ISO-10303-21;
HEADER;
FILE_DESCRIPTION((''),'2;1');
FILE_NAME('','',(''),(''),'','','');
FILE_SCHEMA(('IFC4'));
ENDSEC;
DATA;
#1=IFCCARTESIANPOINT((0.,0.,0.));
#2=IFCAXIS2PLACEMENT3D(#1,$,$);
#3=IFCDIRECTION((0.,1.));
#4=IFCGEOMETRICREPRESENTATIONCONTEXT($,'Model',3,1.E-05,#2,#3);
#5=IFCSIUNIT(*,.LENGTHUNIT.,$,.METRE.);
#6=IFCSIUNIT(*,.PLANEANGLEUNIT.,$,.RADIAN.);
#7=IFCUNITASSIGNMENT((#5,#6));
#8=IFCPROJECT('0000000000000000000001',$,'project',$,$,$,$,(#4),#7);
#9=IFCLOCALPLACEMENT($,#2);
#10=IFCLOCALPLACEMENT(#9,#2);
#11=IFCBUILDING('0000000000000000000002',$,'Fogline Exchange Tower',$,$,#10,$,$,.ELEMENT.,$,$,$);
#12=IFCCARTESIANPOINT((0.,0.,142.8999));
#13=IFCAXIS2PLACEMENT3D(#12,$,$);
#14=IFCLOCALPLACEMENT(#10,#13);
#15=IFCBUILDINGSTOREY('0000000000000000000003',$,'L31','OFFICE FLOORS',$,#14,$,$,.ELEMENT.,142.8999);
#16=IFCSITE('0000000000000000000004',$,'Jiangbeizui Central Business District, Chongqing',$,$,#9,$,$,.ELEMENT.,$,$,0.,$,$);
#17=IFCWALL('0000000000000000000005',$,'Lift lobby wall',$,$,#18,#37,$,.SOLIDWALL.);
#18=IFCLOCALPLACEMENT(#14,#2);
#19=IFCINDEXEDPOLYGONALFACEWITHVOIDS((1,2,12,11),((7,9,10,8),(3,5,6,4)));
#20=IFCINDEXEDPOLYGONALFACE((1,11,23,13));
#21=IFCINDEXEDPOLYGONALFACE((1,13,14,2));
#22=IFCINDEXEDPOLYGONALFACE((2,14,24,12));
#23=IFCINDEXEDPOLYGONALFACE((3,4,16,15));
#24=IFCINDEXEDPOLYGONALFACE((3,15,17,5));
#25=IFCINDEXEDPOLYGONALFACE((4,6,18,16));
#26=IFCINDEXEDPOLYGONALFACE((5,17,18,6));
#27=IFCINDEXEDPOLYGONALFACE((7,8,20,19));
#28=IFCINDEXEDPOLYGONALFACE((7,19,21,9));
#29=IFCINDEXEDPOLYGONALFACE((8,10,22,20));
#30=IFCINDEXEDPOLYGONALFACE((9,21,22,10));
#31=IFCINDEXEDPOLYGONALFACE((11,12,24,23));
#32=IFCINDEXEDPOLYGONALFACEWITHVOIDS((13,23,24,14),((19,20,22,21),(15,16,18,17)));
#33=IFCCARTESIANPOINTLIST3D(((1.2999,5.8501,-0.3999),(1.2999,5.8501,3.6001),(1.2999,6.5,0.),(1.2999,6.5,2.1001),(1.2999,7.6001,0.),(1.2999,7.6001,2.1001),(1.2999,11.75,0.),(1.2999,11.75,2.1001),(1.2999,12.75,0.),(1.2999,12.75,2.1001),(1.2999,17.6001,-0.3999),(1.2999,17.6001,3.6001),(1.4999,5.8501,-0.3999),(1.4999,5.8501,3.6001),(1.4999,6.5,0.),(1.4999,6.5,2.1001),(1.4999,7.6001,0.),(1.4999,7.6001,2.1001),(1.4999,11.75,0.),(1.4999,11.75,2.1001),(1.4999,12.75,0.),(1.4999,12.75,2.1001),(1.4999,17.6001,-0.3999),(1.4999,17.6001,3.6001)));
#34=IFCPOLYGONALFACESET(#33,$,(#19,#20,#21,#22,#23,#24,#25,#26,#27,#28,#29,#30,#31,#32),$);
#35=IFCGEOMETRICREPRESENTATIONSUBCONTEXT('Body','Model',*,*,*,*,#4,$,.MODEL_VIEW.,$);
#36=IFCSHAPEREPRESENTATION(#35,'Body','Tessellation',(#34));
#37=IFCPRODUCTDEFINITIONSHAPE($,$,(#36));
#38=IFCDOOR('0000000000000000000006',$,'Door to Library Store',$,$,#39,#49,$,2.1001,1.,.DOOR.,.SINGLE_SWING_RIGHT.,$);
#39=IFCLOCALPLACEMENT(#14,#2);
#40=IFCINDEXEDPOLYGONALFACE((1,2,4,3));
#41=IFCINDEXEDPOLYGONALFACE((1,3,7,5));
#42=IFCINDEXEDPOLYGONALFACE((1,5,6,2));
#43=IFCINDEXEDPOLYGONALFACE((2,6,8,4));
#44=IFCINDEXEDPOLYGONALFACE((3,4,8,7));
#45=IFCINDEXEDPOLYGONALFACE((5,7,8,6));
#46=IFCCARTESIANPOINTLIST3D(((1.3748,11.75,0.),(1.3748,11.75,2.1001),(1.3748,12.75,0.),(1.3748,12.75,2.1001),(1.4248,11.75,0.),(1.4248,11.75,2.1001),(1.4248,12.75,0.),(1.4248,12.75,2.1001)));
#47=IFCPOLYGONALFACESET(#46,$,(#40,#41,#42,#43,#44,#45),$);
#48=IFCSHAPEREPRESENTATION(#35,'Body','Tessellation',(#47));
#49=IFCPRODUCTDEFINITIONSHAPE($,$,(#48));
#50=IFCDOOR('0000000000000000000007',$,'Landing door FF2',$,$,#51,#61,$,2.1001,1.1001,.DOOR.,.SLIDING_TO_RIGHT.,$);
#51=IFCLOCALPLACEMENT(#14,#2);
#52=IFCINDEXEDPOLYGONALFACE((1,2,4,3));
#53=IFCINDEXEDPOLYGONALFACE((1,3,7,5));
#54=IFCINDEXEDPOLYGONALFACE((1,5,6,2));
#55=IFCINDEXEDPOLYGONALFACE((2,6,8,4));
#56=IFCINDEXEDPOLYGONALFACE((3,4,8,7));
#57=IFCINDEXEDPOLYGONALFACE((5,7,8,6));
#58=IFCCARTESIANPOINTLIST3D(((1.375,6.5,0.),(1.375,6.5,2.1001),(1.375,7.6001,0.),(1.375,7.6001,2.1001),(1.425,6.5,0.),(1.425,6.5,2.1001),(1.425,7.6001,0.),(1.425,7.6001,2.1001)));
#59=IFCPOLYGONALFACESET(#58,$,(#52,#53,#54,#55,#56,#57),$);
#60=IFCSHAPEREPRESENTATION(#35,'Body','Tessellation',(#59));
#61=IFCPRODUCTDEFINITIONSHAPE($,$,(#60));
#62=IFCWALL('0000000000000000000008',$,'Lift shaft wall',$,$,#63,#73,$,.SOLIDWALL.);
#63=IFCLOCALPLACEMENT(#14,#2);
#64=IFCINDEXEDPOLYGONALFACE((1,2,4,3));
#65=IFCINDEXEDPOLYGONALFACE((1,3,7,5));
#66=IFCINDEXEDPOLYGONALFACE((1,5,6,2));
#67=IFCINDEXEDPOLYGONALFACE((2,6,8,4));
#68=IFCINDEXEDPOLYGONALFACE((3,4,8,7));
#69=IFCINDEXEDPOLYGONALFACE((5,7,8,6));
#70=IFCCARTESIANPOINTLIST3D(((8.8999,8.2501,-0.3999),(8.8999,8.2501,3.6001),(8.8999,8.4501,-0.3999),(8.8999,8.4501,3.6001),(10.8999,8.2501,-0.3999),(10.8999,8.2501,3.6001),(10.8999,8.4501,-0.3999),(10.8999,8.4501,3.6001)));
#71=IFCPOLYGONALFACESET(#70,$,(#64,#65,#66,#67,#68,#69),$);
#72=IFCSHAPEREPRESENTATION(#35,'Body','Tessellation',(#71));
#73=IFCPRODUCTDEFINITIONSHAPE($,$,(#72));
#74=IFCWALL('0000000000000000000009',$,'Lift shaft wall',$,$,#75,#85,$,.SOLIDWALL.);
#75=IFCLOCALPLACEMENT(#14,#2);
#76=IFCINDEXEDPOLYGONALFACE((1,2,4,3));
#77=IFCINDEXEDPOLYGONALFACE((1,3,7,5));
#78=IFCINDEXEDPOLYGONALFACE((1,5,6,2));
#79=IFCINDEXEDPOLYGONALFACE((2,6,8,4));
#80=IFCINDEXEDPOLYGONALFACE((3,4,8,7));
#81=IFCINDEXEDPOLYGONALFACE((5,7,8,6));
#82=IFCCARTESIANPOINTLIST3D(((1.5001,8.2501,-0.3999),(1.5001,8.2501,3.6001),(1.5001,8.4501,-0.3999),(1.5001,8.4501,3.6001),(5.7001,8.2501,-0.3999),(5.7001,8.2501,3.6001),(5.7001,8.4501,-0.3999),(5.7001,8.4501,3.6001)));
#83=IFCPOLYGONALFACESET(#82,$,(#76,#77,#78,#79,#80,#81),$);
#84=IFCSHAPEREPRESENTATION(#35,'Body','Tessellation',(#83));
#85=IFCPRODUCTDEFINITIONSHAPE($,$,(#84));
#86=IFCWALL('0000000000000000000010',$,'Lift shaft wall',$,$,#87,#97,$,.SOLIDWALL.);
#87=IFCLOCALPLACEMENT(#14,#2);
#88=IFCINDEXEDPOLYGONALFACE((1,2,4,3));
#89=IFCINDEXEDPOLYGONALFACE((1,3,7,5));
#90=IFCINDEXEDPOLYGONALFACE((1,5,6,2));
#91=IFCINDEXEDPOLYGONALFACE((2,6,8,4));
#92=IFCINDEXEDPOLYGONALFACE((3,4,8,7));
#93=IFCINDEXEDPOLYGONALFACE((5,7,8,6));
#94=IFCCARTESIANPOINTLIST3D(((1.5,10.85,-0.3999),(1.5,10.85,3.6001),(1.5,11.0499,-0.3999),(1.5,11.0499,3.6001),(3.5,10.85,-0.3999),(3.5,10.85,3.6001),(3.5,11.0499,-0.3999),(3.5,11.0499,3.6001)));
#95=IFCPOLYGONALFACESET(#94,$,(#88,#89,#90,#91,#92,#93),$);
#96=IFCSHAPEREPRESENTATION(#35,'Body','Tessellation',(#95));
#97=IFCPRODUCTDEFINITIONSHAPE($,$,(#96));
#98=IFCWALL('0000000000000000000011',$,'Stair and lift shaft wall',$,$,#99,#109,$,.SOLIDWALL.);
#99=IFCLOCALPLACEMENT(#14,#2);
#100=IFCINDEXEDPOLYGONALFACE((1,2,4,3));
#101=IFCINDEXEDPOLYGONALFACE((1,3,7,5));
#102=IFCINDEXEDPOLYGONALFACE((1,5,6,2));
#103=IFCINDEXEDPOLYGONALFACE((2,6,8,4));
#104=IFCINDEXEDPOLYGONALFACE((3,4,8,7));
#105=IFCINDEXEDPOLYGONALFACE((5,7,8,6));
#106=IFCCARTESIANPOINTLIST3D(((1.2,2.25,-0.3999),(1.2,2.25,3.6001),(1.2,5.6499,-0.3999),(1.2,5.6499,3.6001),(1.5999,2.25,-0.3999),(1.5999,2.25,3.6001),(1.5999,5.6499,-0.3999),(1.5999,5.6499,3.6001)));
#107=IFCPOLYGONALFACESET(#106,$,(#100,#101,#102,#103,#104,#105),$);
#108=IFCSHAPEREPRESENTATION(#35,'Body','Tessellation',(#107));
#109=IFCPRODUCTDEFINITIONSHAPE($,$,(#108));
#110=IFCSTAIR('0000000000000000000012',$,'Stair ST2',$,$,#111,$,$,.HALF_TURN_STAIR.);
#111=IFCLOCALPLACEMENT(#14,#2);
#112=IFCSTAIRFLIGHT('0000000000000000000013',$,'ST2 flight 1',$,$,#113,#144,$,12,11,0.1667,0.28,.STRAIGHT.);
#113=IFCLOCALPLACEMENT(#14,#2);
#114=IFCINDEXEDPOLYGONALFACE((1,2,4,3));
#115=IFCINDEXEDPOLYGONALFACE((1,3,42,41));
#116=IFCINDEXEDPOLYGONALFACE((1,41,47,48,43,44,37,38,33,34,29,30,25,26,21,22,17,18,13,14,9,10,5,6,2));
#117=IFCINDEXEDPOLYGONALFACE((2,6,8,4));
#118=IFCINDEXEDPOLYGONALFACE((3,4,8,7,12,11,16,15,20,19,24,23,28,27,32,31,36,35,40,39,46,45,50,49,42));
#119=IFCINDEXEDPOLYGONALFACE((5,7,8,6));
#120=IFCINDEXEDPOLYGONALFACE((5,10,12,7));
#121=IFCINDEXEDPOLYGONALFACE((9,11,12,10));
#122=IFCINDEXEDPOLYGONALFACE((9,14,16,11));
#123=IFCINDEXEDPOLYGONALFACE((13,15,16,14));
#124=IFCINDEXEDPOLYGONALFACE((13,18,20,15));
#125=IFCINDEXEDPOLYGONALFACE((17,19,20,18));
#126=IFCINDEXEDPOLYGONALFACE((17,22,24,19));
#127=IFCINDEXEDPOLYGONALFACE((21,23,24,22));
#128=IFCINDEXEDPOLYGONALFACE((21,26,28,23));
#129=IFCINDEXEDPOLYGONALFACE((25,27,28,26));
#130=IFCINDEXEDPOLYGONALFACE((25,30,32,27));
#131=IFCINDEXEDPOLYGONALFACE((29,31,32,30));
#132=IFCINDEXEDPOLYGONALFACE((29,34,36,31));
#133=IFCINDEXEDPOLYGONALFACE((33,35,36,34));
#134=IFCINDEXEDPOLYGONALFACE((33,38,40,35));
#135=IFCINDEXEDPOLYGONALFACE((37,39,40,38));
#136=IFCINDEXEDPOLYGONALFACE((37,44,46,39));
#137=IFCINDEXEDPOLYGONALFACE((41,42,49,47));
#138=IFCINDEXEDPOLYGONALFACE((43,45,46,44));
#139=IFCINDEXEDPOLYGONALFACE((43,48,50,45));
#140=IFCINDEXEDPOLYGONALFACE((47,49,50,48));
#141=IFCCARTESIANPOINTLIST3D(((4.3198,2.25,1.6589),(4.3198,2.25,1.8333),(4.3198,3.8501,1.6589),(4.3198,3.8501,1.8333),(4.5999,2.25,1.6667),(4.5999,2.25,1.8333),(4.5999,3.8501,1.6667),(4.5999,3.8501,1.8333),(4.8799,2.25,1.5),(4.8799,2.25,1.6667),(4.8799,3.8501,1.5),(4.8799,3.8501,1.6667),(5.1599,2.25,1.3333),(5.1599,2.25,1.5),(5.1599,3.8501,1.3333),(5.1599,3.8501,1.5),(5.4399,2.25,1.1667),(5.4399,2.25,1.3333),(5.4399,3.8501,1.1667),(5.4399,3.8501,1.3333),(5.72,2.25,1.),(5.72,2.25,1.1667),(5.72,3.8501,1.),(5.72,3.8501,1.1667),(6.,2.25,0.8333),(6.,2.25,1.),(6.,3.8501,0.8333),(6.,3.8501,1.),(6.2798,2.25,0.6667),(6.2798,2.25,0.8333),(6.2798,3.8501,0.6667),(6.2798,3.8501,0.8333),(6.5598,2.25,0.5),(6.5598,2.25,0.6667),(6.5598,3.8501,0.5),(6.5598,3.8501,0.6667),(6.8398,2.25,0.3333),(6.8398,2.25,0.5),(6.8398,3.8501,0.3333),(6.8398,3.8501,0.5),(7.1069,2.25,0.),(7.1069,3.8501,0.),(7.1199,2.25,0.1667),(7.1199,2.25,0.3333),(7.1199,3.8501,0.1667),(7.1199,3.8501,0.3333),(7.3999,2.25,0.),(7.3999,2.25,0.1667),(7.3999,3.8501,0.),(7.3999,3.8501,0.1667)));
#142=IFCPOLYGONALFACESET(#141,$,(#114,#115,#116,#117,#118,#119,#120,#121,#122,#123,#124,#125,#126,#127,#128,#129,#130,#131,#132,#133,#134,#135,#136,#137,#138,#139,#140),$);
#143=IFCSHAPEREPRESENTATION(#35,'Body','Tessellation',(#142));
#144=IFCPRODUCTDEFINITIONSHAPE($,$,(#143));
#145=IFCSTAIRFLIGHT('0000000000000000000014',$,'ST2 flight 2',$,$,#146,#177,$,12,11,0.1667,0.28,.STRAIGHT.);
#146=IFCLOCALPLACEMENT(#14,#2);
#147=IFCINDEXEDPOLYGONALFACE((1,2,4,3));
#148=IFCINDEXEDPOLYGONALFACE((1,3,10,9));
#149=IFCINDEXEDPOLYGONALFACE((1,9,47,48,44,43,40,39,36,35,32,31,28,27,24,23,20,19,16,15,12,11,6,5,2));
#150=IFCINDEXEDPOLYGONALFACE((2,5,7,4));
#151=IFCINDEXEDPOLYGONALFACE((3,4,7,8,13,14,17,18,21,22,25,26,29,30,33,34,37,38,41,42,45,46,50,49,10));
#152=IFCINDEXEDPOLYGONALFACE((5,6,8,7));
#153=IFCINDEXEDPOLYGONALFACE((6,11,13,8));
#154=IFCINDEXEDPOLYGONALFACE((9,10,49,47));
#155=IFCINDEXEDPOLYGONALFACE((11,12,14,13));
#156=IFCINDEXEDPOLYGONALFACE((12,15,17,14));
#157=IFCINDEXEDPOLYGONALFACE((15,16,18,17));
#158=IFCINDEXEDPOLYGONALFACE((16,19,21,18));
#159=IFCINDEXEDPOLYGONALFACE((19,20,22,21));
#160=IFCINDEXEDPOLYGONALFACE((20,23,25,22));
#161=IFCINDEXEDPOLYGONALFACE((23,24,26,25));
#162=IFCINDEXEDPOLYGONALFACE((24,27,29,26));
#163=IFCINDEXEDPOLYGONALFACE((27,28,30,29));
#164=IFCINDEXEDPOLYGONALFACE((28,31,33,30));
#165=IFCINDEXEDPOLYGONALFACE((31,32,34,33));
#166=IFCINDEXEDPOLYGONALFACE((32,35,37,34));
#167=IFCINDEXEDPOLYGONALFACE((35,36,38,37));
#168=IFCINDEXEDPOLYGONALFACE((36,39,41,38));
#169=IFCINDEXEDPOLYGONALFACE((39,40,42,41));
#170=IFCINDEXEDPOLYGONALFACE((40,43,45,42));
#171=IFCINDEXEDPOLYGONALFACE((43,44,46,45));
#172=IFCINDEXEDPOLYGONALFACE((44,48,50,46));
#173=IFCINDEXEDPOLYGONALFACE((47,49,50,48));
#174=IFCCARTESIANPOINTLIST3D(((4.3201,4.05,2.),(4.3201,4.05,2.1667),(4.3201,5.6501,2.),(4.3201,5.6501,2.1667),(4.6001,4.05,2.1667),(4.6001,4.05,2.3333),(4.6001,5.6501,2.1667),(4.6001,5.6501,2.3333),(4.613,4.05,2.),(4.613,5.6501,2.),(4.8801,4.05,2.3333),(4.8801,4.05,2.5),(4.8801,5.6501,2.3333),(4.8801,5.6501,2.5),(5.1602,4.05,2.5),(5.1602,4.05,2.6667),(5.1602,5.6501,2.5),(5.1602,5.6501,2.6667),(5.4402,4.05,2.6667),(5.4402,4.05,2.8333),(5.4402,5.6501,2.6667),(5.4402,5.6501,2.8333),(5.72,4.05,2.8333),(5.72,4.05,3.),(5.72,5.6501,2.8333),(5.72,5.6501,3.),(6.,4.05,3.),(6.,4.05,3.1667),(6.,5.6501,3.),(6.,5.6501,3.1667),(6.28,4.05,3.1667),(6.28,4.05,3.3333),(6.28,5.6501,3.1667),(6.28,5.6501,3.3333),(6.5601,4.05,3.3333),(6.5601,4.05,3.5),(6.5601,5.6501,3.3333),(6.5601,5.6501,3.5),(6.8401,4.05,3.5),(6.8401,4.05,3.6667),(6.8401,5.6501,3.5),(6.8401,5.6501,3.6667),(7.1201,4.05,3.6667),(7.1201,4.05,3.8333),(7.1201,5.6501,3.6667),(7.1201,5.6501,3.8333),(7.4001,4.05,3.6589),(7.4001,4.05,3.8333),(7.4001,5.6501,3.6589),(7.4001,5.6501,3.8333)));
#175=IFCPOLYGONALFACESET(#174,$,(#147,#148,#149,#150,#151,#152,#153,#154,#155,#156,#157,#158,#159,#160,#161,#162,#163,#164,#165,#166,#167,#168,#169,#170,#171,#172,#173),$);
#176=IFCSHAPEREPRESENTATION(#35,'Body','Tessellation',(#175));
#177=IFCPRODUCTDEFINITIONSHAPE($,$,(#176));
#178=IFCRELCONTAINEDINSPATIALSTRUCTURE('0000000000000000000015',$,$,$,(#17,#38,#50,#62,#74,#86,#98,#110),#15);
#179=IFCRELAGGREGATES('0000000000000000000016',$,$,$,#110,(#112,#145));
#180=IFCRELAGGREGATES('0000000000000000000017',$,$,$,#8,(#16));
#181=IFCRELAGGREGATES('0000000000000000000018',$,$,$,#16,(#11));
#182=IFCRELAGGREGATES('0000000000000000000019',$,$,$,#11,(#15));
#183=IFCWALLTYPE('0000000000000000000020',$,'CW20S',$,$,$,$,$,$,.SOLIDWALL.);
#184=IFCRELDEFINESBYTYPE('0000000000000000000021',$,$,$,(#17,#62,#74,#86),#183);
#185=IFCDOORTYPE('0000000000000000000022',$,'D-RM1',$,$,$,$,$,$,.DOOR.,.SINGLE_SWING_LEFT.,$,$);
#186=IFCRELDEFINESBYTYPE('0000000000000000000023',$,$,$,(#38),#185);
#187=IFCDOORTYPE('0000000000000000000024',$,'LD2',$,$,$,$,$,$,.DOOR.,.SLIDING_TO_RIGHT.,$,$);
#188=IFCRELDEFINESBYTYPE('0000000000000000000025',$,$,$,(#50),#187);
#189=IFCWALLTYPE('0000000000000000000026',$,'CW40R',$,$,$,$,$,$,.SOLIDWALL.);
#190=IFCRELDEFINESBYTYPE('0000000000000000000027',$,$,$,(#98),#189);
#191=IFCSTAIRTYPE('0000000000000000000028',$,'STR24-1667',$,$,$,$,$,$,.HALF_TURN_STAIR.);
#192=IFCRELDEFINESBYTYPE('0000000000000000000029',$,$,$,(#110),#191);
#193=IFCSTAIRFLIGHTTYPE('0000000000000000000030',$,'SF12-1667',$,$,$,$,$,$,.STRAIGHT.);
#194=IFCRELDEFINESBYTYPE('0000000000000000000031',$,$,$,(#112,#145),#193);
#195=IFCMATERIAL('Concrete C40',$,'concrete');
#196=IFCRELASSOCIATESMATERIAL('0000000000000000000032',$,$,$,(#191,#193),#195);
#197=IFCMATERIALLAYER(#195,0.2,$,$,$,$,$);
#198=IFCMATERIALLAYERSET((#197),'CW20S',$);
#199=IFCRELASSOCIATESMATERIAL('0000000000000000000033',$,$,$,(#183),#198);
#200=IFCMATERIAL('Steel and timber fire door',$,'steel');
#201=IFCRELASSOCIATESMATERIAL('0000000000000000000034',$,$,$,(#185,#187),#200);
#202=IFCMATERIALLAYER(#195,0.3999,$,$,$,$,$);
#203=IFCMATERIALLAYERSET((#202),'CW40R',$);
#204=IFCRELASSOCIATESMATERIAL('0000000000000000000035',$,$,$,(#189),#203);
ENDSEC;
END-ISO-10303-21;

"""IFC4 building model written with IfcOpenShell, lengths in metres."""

from ifc_helpers import new_model, si_unit, direction, frame, frame_2d, origin, place, context, subcontext, project, spatial, polyline, rectangle, outline, extrude, material, layer, layer_set, type_object, element, fill, aggregate, save


model = new_model("IFC4")

# Units and contexts
model_context = context("Model", 3, precision=1e-05, world=origin(), true_north=direction((0.0, 1.0)))
body_context = subcontext(model_context, "Body", "Model", "MODEL_VIEW")
ifc_project = project(units=[si_unit("LENGTHUNIT", "METRE"), si_unit("PLANEANGLEUNIT", "RADIAN")], contexts=[model_context])

# Site, building, storey
site_placement = place(None, origin())
site = spatial("IfcSite", under=ifc_project, at=site_placement, Name="Jiangbeizui Central Business District, Chongqing", CompositionType="ELEMENT", RefElevation=0.0)
building_placement = place(site_placement, origin())
building = spatial("IfcBuilding", under=site, at=building_placement, Name="Fogline Exchange Tower", CompositionType="ELEMENT")
storey_placement = place(building_placement, frame((0.0, 0.0, 142.8999)))
storey = spatial("IfcBuildingStorey", under=building, at=storey_placement, Name="L31", Description="OFFICE FLOORS", CompositionType="ELEMENT", Elevation=142.8999)

# Shared definitions
ifc_material_1 = material(Name="Concrete C40", Category="concrete")
stair_type = type_object("IfcStairType", Name="STR24-1667", PredefinedType="HALF_TURN_STAIR", material=ifc_material_1)

# Shared definitions
ifc_material_2 = material(Name="Steel and timber fire door", Category="steel")

# Shared definitions
ifc_layer_1 = layer(ifc_material_1, 0.2)
ifc_layer_set_1 = layer_set([ifc_layer_1], Name="CW20S")
wall_type_1 = type_object("IfcWallType", Name="CW20S", PredefinedType="SOLIDWALL", material=ifc_layer_set_1)

# Wall, openings, doors
wall_1_placement = place(storey_placement, frame((1.3999, 5.8501, -0.3999), z_axis=(0.0, 0.0, 1.0), x_axis=(0.0, 1.0, 0.0)))
wall_1 = element("IfcWall", 1, at=wall_1_placement, inside=storey, type_object=wall_type_1, Name="Lift lobby wall", PredefinedType="SOLIDWALL", context=body_context, shape_type="SweptSolid", body=[
    extrude(rectangle(XDim=11.75, YDim=0.2, at=frame_2d((5.875, 0.0))), origin(), (0.0, 0.0, 1.0), 4.0),
])
opening_1_placement = place(wall_1_placement, frame((0.6499, 0.0, 0.3999)))
opening_1 = element("IfcOpeningElement", 2, at=opening_1_placement, cuts=wall_1, PredefinedType="OPENING", context=body_context, shape_type="SweptSolid", body=[
    extrude(rectangle(XDim=1.1001, YDim=2.1001, at=frame_2d((0.55, 1.05))), frame((0.0, 0.1099, 0.0), z_axis=(0.0, -1.0, 0.0), x_axis=(1.0, 0.0, 0.0)), (0.0, 0.0, 1.0), 0.22),
])
opening_2_placement = place(wall_1_placement, frame((5.8999, 0.0, 0.3999)))
opening_2 = element("IfcOpeningElement", 3, at=opening_2_placement, cuts=wall_1, PredefinedType="OPENING", context=body_context, shape_type="SweptSolid", body=[
    extrude(rectangle(XDim=1.0, YDim=2.1001, at=frame_2d((0.5, 1.05))), frame((0.0, 0.1099, 0.0), z_axis=(0.0, -1.0, 0.0), x_axis=(1.0, 0.0, 0.0)), (0.0, 0.0, 1.0), 0.22),
])
door_type_1 = type_object("IfcDoorType", Name="D-RM1", OperationType="SINGLE_SWING_LEFT", PredefinedType="DOOR", material=ifc_material_2)
door_1_placement = place(opening_2_placement, frame((1.0, 0.0, 0.0), z_axis=(0.0, 0.0, 1.0), x_axis=(-1.0, 0.0, 0.0)))
door_1 = element("IfcDoor", 4, at=door_1_placement, inside=storey, type_object=door_type_1, Name="Door to Library Store", OperationType="SINGLE_SWING_RIGHT", OverallHeight=2.1001, OverallWidth=1.0, PredefinedType="DOOR", context=body_context, shape_type="SweptSolid", body=[
    extrude(rectangle(XDim=1.0, YDim=2.1001, at=frame_2d((0.5, 1.05))), frame((0.0, 0.0249, 0.0), z_axis=(0.0, -1.0, 0.0), x_axis=(1.0, 0.0, 0.0)), (0.0, 0.0, 1.0), 0.05),
])
fill(opening_2, door_1)
door_type_2 = type_object("IfcDoorType", Name="LD2", OperationType="SLIDING_TO_RIGHT", PredefinedType="DOOR", material=ifc_material_2)
door_2_placement = place(opening_1_placement, origin())
door_2 = element("IfcDoor", 5, at=door_2_placement, inside=storey, type_object=door_type_2, Name="Landing door FF2", OperationType="SLIDING_TO_RIGHT", OverallHeight=2.1001, OverallWidth=1.1001, PredefinedType="DOOR", context=body_context, shape_type="SweptSolid", body=[
    extrude(rectangle(XDim=1.1001, YDim=2.1001, at=frame_2d((0.55, 1.05))), frame((0.0, 0.0249, 0.0), z_axis=(0.0, -1.0, 0.0), x_axis=(1.0, 0.0, 0.0)), (0.0, 0.0, 1.0), 0.05),
])
fill(opening_1, door_2)

# Walls
wall_2_placement = place(storey_placement, frame((8.8999, 8.3501, -0.3999), z_axis=(0.0, 0.0, 1.0), x_axis=(1.0, 0.0, 0.0)))
element("IfcWall", 6, at=wall_2_placement, inside=storey, type_object=wall_type_1, Name="Lift shaft wall", PredefinedType="SOLIDWALL", context=body_context, shape_type="SweptSolid", body=[
    extrude(rectangle(XDim=2.0, YDim=0.2, at=frame_2d((1.0, 0.0))), origin(), (0.0, 0.0, 1.0), 4.0),
])
wall_3_placement = place(storey_placement, frame((1.5, 8.3501, -0.3999), z_axis=(0.0, 0.0, 1.0), x_axis=(1.0, 0.0, 0.0)))
element("IfcWall", 7, at=wall_3_placement, inside=storey, type_object=wall_type_1, Name="Lift shaft wall", PredefinedType="SOLIDWALL", context=body_context, shape_type="SweptSolid", body=[
    extrude(rectangle(XDim=4.2, YDim=0.2, at=frame_2d((2.1001, 0.0))), origin(), (0.0, 0.0, 1.0), 4.0),
])
wall_4_placement = place(storey_placement, frame((1.5, 10.95, -0.3999), z_axis=(0.0, 0.0, 1.0), x_axis=(1.0, 0.0, 0.0)))
element("IfcWall", 8, at=wall_4_placement, inside=storey, type_object=wall_type_1, Name="Lift shaft wall", PredefinedType="SOLIDWALL", context=body_context, shape_type="SweptSolid", body=[
    extrude(rectangle(XDim=2.0, YDim=0.2, at=frame_2d((1.0, 0.0))), origin(), (0.0, 0.0, 1.0), 4.0),
])
ifc_layer_2 = layer(ifc_material_1, 0.3999)
ifc_layer_set_2 = layer_set([ifc_layer_2], Name="CW40R")
wall_type_2 = type_object("IfcWallType", Name="CW40R", PredefinedType="SOLIDWALL", material=ifc_layer_set_2)
wall_5_placement = place(storey_placement, frame((1.3999, 2.25, -0.3999), z_axis=(0.0, 0.0, 1.0), x_axis=(0.0, 1.0, 0.0)))
element("IfcWall", 9, at=wall_5_placement, inside=storey, type_object=wall_type_2, Name="Stair and lift shaft wall", PredefinedType="SOLIDWALL", context=body_context, shape_type="SweptSolid", body=[
    extrude(rectangle(XDim=3.3999, YDim=0.3999, at=frame_2d((1.7, 0.0))), origin(), (0.0, 0.0, 1.0), 4.0),
])

# Stair, stair flights
stair_1_placement = place(storey_placement, origin())
stair_1 = element("IfcStair", 10, at=stair_1_placement, inside=storey, type_object=stair_type, Name="Stair ST2", PredefinedType="HALF_TURN_STAIR")
stair_flight_type = type_object("IfcStairFlightType", Name="SF12-1667", PredefinedType="STRAIGHT", material=ifc_material_1)
stair_flight_1_placement = place(storey_placement, frame((7.3999, 3.05, 0.0), z_axis=(0.0, 0.0, 1.0), x_axis=(-1.0, 0.0, 0.0)))
stair_flight_1 = element("IfcStairFlight", 11, at=stair_flight_1_placement, type_object=stair_flight_type, Name="ST2 flight 1", NumberOfRisers=12, NumberOfTreads=11, PredefinedType="STRAIGHT", RiserHeight=0.1667, TreadLength=0.28, context=body_context, shape_type="SweptSolid", body=[
    extrude(outline(polyline([(0.0, 0.0), (0.0, 0.1667), (0.28, 0.1667), (0.28, 0.3333), (0.5601, 0.3333), (0.5601, 0.5), (0.8401, 0.5), (0.8401, 0.6667), (1.1201, 0.6667), (1.1201, 0.8333), (1.3999, 0.8333), (1.3999, 1.0), (1.6799, 1.0), (1.6799, 1.1667), (1.96, 1.1667), (1.96, 1.3333), (2.24, 1.3333), (2.24, 1.5), (2.52, 1.5), (2.52, 1.6667), (2.8, 1.6667), (2.8, 1.8333), (3.0801, 1.8333), (3.0801, 2.0), (3.0801, 1.6589), (0.293, 0.0), (0.0, 0.0)])), frame((0.0, 0.8, 0.0), z_axis=(0.0, -1.0, 0.0), x_axis=(1.0, 0.0, 0.0)), (0.0, 0.0, 1.0), 1.6001),
])
stair_flight_2_placement = place(storey_placement, frame((4.3201, 4.8501, 2.0), z_axis=(0.0, 0.0, 1.0), x_axis=(1.0, 0.0, 0.0)))
stair_flight_2 = element("IfcStairFlight", 12, at=stair_flight_2_placement, type_object=stair_flight_type, Name="ST2 flight 2", NumberOfRisers=12, NumberOfTreads=11, PredefinedType="STRAIGHT", RiserHeight=0.1667, TreadLength=0.28, context=body_context, shape_type="SweptSolid", body=[
    extrude(outline(polyline([(0.0, 0.0), (0.0, 0.1667), (0.28, 0.1667), (0.28, 0.3333), (0.5601, 0.3333), (0.5601, 0.5), (0.8401, 0.5), (0.8401, 0.6667), (1.1201, 0.6667), (1.1201, 0.8333), (1.3999, 0.8333), (1.3999, 1.0), (1.6799, 1.0), (1.6799, 1.1667), (1.96, 1.1667), (1.96, 1.3333), (2.24, 1.3333), (2.24, 1.5), (2.52, 1.5), (2.52, 1.6667), (2.8, 1.6667), (2.8, 1.8333), (3.0801, 1.8333), (3.0801, 2.0), (3.0801, 1.6589), (0.293, 0.0), (0.0, 0.0)])), frame((0.0, 0.8, 0.0), z_axis=(0.0, -1.0, 0.0), x_axis=(1.0, 0.0, 0.0)), (0.0, 0.0, 1.0), 1.6001),
])
aggregate(stair_1, [stair_flight_1, stair_flight_2])

save(model, "model.ifc")
